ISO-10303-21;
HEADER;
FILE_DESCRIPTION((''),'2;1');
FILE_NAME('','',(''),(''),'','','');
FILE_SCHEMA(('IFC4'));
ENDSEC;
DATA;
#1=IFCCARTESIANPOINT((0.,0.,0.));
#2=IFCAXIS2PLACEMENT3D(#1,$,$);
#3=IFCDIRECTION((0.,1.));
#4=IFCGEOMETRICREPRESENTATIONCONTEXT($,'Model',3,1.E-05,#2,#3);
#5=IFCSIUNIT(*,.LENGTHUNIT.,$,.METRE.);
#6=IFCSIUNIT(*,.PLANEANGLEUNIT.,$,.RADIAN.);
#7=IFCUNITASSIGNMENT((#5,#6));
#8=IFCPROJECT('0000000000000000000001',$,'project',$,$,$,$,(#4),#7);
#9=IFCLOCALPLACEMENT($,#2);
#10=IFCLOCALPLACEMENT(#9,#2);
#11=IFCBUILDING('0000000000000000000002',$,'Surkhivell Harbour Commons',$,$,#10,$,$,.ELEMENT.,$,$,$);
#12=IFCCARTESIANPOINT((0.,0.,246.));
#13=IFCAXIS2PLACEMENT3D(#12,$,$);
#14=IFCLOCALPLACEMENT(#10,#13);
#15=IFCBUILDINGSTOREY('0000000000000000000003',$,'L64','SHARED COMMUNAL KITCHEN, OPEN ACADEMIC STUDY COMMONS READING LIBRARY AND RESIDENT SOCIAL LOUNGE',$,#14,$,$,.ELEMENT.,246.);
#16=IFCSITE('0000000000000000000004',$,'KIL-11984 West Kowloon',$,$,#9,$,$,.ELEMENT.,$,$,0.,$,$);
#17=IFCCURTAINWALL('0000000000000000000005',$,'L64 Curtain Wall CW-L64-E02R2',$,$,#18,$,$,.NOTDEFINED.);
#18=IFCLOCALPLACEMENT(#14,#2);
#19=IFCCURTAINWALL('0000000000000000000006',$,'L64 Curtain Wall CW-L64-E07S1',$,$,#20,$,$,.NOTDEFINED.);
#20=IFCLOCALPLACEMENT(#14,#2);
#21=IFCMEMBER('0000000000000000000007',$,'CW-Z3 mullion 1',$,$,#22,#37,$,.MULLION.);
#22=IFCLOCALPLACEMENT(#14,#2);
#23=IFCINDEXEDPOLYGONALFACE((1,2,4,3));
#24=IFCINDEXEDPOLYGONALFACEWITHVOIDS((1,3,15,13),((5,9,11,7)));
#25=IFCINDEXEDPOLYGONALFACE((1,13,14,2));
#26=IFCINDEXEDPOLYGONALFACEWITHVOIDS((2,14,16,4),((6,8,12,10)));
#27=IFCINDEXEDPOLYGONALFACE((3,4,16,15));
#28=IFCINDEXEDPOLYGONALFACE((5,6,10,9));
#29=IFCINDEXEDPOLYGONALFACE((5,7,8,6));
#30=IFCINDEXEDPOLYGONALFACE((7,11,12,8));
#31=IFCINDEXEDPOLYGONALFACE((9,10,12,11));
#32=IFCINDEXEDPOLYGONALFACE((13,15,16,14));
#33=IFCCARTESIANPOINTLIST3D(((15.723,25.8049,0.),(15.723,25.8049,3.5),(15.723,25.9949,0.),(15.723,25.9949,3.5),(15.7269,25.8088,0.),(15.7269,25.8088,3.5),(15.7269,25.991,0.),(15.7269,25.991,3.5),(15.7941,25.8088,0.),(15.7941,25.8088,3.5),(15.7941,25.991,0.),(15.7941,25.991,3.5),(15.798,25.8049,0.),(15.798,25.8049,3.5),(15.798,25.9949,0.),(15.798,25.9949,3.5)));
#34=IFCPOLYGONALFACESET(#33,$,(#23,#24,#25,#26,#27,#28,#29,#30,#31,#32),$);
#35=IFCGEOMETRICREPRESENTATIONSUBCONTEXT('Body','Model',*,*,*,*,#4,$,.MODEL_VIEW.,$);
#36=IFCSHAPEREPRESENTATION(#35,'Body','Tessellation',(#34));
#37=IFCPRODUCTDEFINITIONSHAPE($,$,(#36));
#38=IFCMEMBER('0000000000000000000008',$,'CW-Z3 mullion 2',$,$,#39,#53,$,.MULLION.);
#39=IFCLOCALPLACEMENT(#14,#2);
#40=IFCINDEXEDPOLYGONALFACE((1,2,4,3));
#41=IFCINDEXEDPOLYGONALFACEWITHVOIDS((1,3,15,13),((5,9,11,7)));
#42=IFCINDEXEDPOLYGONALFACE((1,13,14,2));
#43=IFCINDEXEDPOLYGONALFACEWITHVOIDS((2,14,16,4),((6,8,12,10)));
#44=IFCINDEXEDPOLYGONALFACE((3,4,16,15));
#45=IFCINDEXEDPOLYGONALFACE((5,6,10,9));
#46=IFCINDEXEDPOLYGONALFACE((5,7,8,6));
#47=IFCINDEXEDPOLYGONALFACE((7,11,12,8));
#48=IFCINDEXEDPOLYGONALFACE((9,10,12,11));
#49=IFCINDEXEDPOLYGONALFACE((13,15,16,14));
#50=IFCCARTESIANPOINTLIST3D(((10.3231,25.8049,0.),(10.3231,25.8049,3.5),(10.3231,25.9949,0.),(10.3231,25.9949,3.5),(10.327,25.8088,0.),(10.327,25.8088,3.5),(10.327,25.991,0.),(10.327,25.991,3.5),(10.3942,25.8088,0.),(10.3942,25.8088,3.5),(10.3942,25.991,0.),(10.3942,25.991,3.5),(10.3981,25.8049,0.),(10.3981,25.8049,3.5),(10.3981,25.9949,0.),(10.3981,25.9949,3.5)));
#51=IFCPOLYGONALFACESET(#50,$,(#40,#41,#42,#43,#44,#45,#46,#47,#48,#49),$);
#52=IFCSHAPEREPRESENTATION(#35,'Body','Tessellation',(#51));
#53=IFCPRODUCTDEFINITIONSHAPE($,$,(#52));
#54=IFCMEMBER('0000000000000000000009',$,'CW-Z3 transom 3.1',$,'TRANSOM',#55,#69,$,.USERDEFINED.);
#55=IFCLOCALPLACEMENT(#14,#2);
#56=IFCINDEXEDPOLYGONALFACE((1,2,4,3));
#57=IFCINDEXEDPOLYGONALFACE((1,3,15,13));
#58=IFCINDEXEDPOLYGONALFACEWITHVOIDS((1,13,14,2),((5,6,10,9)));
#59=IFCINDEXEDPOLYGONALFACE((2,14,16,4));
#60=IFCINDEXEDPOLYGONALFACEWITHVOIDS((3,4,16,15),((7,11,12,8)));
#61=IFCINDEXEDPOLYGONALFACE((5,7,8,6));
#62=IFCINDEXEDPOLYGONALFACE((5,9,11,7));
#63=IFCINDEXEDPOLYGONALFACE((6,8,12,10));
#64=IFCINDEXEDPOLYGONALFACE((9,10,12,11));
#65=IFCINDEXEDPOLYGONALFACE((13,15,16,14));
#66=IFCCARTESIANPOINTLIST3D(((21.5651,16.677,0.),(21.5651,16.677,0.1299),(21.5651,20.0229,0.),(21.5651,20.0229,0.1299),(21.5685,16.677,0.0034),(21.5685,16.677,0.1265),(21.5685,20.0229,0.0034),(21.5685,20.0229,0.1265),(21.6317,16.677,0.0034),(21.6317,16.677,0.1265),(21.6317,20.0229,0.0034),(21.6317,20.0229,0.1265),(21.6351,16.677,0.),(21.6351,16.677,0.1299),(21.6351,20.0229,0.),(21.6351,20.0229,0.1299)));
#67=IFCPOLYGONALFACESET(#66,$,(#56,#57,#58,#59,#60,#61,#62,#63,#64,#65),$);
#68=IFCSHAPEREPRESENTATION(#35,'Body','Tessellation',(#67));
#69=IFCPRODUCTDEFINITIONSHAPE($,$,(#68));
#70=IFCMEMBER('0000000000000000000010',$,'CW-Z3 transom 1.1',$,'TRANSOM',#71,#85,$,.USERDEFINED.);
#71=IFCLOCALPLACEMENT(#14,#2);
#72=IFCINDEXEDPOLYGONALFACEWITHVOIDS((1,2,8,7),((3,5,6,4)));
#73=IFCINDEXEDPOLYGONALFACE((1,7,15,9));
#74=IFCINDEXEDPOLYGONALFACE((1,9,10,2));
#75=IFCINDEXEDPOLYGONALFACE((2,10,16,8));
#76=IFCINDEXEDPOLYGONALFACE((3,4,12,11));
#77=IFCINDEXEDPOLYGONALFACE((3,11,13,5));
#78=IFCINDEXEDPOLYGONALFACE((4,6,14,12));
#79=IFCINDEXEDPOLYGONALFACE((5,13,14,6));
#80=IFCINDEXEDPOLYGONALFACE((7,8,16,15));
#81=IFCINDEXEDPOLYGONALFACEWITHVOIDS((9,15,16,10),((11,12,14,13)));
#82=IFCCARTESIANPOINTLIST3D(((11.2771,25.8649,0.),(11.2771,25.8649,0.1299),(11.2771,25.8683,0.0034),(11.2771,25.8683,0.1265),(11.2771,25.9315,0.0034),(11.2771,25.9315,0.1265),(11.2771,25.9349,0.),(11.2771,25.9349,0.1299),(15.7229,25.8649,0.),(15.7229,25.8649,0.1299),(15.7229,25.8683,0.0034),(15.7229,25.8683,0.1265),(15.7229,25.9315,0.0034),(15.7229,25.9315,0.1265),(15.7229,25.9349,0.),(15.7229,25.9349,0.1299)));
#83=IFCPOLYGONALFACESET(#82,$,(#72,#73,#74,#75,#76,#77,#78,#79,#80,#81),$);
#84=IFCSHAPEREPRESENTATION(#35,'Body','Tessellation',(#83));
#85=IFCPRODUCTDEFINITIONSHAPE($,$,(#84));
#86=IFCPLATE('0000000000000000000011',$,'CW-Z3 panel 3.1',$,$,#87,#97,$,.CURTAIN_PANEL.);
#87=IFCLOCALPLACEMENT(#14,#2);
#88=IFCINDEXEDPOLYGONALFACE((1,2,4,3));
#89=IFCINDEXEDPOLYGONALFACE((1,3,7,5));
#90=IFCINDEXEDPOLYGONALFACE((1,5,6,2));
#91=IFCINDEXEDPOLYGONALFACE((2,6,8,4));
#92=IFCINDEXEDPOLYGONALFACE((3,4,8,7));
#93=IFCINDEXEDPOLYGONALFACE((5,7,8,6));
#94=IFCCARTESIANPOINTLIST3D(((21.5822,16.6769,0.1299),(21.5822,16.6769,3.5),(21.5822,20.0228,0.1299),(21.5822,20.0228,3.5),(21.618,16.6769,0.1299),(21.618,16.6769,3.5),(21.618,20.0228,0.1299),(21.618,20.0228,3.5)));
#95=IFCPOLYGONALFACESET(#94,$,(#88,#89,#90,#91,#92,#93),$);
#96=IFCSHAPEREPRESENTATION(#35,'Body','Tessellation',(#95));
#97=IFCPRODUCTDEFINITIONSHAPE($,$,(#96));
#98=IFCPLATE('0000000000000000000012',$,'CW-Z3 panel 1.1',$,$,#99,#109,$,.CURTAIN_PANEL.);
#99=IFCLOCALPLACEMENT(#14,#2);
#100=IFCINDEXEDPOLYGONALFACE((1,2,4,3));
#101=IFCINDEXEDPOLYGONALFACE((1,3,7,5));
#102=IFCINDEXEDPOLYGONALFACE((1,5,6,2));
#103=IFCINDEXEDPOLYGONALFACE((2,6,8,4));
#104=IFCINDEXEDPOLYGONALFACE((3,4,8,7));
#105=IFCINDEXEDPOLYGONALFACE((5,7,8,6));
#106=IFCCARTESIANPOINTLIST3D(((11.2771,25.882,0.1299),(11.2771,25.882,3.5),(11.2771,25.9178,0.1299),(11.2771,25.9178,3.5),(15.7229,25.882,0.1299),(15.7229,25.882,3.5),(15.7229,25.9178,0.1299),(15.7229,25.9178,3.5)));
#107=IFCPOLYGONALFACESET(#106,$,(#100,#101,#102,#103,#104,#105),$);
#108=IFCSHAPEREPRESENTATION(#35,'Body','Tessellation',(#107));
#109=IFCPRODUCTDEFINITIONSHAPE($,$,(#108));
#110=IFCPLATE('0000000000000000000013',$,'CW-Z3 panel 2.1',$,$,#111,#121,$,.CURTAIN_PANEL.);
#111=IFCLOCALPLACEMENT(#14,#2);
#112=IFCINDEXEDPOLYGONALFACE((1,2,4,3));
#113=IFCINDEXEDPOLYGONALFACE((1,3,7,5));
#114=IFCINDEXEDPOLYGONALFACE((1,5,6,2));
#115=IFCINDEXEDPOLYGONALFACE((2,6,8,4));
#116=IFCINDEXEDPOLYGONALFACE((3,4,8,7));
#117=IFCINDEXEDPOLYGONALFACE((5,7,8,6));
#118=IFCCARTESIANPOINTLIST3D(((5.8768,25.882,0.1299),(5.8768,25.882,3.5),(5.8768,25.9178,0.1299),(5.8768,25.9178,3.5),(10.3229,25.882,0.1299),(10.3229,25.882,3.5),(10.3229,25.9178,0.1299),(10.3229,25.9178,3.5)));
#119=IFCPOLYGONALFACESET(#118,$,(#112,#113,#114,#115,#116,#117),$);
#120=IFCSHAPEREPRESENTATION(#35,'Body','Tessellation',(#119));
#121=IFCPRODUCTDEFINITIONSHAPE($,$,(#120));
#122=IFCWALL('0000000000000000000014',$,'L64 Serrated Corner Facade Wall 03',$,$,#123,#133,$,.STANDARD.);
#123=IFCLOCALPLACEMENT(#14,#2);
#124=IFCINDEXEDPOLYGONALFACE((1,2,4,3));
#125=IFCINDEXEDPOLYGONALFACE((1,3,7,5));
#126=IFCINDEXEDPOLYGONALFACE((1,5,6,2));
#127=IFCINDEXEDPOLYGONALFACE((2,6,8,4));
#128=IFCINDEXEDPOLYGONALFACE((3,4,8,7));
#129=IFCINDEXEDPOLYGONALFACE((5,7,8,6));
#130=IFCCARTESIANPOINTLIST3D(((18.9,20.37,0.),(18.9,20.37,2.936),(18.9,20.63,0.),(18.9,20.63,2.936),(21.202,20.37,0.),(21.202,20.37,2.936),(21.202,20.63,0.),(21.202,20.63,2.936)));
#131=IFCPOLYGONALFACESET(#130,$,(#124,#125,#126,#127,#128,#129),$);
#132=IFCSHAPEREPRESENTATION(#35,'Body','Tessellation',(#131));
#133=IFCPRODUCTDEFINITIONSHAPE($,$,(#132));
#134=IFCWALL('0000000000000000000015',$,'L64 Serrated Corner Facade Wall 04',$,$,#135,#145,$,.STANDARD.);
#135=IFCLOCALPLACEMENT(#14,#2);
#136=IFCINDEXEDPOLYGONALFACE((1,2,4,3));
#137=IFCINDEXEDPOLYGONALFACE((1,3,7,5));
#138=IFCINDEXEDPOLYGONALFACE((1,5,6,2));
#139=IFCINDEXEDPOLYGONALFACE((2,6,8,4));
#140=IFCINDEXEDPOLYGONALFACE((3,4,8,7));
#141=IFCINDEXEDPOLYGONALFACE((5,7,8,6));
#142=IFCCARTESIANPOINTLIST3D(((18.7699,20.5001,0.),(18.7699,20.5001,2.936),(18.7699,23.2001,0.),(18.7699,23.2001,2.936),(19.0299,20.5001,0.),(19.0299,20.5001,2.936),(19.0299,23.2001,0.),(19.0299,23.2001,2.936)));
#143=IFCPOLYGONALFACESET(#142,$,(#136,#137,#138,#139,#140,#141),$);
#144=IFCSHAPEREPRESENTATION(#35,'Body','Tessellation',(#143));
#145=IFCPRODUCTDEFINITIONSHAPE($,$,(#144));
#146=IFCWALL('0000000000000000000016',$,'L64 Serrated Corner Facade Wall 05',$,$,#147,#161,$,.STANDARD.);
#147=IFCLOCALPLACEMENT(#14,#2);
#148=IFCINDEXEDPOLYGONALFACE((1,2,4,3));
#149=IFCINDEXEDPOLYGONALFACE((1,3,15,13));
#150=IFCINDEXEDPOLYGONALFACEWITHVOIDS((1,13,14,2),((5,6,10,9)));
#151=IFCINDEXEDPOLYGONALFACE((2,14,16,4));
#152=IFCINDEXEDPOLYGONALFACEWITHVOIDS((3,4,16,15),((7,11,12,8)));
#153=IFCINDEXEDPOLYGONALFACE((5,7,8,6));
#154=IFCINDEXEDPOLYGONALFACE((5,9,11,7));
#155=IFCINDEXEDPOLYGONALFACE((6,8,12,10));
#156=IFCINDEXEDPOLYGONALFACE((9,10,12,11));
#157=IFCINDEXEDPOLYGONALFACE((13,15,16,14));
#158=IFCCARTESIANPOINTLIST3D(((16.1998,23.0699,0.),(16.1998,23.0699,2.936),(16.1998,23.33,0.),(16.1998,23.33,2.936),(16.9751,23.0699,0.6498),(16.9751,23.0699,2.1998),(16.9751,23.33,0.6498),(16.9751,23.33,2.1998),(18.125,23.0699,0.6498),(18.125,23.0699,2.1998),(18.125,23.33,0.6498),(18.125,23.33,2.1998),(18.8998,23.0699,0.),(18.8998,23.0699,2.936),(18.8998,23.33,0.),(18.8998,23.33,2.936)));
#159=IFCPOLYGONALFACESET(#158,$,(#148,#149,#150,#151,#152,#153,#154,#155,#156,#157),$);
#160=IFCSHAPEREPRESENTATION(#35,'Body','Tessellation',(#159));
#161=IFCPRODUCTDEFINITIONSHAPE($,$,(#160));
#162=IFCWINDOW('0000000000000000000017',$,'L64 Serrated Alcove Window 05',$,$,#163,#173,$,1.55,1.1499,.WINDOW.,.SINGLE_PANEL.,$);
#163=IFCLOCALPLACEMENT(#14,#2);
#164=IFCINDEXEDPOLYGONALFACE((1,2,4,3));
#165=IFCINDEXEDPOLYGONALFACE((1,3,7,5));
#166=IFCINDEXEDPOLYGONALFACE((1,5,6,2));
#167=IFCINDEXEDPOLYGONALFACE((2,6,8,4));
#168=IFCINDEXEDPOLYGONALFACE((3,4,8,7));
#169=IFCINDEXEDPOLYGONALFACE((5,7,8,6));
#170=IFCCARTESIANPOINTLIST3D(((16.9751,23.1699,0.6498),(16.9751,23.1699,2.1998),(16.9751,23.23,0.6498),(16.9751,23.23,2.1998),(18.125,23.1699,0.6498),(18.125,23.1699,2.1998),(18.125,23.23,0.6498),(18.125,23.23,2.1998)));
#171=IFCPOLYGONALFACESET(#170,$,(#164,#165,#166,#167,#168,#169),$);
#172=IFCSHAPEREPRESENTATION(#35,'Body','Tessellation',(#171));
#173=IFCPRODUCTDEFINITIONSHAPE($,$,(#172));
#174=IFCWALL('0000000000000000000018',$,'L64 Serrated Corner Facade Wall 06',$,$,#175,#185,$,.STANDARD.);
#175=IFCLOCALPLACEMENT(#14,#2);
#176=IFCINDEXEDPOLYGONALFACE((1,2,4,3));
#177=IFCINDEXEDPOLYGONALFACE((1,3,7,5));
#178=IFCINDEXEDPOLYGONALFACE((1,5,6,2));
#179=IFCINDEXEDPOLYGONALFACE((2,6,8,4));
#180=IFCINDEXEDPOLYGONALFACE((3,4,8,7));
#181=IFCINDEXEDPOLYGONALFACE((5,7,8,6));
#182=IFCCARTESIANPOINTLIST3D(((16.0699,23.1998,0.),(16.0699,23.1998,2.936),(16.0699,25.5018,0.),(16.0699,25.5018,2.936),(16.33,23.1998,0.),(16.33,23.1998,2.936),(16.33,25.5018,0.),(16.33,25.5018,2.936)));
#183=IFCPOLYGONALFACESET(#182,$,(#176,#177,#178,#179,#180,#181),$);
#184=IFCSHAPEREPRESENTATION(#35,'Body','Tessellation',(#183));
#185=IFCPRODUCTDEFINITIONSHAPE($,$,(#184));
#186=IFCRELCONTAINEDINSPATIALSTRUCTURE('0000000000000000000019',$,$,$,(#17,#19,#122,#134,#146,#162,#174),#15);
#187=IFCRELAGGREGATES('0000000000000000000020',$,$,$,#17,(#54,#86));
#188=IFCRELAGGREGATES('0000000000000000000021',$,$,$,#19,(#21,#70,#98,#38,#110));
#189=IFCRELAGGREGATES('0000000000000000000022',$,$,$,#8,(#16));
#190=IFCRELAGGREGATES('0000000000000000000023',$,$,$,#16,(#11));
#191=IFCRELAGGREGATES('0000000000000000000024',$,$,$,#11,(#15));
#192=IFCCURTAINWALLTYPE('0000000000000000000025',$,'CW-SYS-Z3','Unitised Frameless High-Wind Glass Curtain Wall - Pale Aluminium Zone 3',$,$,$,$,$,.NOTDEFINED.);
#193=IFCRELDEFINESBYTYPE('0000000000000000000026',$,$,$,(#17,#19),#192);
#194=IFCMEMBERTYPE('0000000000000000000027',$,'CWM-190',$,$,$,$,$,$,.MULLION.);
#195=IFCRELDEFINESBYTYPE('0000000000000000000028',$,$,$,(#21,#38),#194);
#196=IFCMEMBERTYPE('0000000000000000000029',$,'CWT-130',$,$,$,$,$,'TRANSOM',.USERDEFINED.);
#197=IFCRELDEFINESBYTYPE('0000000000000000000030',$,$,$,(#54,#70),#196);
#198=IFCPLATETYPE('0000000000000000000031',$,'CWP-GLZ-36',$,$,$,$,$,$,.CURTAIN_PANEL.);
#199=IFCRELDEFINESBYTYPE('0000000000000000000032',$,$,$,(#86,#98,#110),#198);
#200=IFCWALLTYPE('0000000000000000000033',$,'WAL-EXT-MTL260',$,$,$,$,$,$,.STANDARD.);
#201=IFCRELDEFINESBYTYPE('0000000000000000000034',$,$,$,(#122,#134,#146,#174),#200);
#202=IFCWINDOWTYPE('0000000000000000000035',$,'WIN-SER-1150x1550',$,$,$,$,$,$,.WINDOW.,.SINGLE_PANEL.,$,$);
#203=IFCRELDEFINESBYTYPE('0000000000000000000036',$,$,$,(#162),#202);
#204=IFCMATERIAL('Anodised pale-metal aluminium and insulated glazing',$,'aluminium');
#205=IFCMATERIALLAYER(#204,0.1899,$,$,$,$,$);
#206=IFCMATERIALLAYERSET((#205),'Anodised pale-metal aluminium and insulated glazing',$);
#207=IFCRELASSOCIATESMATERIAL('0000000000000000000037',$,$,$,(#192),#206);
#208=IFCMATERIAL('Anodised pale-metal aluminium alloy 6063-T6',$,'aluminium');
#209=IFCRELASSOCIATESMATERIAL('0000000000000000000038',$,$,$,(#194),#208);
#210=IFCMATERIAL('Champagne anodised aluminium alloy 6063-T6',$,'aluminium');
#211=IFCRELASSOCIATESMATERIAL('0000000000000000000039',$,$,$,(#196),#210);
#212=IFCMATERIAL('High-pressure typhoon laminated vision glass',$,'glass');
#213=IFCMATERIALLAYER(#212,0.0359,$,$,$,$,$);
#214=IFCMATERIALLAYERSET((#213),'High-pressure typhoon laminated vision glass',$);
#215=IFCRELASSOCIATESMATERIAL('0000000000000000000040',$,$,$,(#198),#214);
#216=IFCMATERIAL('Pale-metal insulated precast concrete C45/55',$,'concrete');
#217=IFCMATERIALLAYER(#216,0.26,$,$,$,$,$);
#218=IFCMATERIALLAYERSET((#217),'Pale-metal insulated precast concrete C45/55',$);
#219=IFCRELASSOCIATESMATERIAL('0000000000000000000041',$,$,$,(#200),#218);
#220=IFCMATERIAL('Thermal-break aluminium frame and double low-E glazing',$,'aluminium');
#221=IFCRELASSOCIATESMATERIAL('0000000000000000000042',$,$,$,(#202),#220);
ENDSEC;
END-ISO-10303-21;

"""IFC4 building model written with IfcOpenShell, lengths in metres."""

from ifc_helpers import new_model, si_unit, direction, frame, frame_2d, origin, origin_2d, place, context, subcontext, project, spatial, rectangle, hollow_rectangle, extrude, material, layer, layer_set, material_profile, profile_set, type_object, element, fill, aggregate, save


model = new_model("IFC4")

# Units and contexts
model_context = context("Model", 3, precision=1e-05, world=origin(), true_north=direction((0.0, 1.0)))
body_context = subcontext(model_context, "Body", "Model", "MODEL_VIEW")
ifc_project = project(units=[si_unit("LENGTHUNIT", "METRE"), si_unit("PLANEANGLEUNIT", "RADIAN")], contexts=[model_context])

# Site, building, storey
site_placement = place(None, origin())
site = spatial("IfcSite", under=ifc_project, at=site_placement, Name="KIL-11984 West Kowloon", CompositionType="ELEMENT", RefElevation=0.0)
building_placement = place(site_placement, origin())
building = spatial("IfcBuilding", under=site, at=building_placement, Name="Surkhivell Harbour Commons", CompositionType="ELEMENT")
storey_placement = place(building_placement, frame((0.0, 0.0, 246.0)))
storey = spatial("IfcBuildingStorey", under=building, at=storey_placement, Name="L64", Description="SHARED COMMUNAL KITCHEN, OPEN ACADEMIC STUDY COMMONS READING LIBRARY AND RESIDENT SOCIAL LOUNGE", CompositionType="ELEMENT", Elevation=246.0)

# Curtain walls, members
ifc_material_1 = material(Name="Anodised pale-metal aluminium and insulated glazing", Category="aluminium")
ifc_layer_1 = layer(ifc_material_1, 0.1899)
ifc_layer_set_1 = layer_set([ifc_layer_1], Name="Anodised pale-metal aluminium and insulated glazing")
curtain_wall_type = type_object("IfcCurtainWallType", Name="CW-SYS-Z3", Description="Unitised Frameless High-Wind Glass Curtain Wall - Pale Aluminium Zone 3", PredefinedType="NOTDEFINED", material=ifc_layer_set_1)
curtain_wall_1_placement = place(storey_placement, origin())
curtain_wall_1 = element("IfcCurtainWall", 1, at=curtain_wall_1_placement, inside=storey, type_object=curtain_wall_type, Name="L64 Curtain Wall CW-L64-E02R2", PredefinedType="NOTDEFINED")
ifc_material_2 = material(Name="Anodised pale-metal aluminium alloy 6063-T6", Category="aluminium")
ifc_material_profile_1 = material_profile(ifc_material_2, hollow_rectangle(XDim=0.075, YDim=0.1899, WallThickness=0.0039, at=origin_2d()), Name="ALU-MULL-75x190")
ifc_profile_set_1 = profile_set([ifc_material_profile_1], Name="Anodised pale-metal aluminium alloy 6063-T6")
member_type_1 = type_object("IfcMemberType", Name="CWM-190", PredefinedType="MULLION", material=ifc_profile_set_1)
curtain_wall_2_placement = place(storey_placement, origin())
curtain_wall_2 = element("IfcCurtainWall", 2, at=curtain_wall_2_placement, inside=storey, type_object=curtain_wall_type, Name="L64 Curtain Wall CW-L64-E07S1", PredefinedType="NOTDEFINED")
member_1_placement = place(storey_placement, frame((15.7605, 25.8999, 0.0), z_axis=(0.0, 0.0, 1.0), x_axis=(-1.0, 0.0, 0.0)))
member_1 = element("IfcMember", 3, at=member_1_placement, type_object=member_type_1, Name="CW-Z3 mullion 1", PredefinedType="MULLION", context=body_context, shape_type="SweptSolid", body=[
    extrude(hollow_rectangle(XDim=0.075, YDim=0.1899, WallThickness=0.0039, at=origin_2d()), origin(), (0.0, 0.0, 1.0), 3.5),
])
member_2_placement = place(storey_placement, frame((10.3606, 25.8999, 0.0), z_axis=(0.0, 0.0, 1.0), x_axis=(-1.0, 0.0, 0.0)))
member_2 = element("IfcMember", 4, at=member_2_placement, type_object=member_type_1, Name="CW-Z3 mullion 2", PredefinedType="MULLION", context=body_context, shape_type="SweptSolid", body=[
    extrude(hollow_rectangle(XDim=0.075, YDim=0.1899, WallThickness=0.0039, at=origin_2d()), origin(), (0.0, 0.0, 1.0), 3.5),
])

# Members
ifc_material_3 = material(Name="Champagne anodised aluminium alloy 6063-T6", Category="aluminium")
ifc_material_profile_2 = material_profile(ifc_material_3, hollow_rectangle(XDim=0.0701, YDim=0.1299, WallThickness=0.0034, at=origin_2d()), Name="ALU-TRAN-70x130")
ifc_profile_set_2 = profile_set([ifc_material_profile_2], Name="Champagne anodised aluminium alloy 6063-T6")
member_type_2 = type_object("IfcMemberType", Name="CWT-130", ElementType="TRANSOM", PredefinedType="USERDEFINED", material=ifc_profile_set_2)
member_3_placement = place(storey_placement, frame((21.6001, 16.677, 0.0649), z_axis=(0.0, 1.0, 0.0), x_axis=(-1.0, 0.0, 0.0)))
member_3 = element("IfcMember", 5, at=member_3_placement, type_object=member_type_2, Name="CW-Z3 transom 3.1", ObjectType="TRANSOM", PredefinedType="USERDEFINED", context=body_context, shape_type="SweptSolid", body=[
    extrude(hollow_rectangle(XDim=0.0701, YDim=0.1299, WallThickness=0.0034, at=origin_2d()), origin(), (0.0, 0.0, 1.0), 3.3459),
])
member_4_placement = place(storey_placement, frame((15.7229, 25.8999, 0.0649), z_axis=(-1.0, 0.0, 0.0), x_axis=(0.0, -1.0, 0.0)))
member_4 = element("IfcMember", 6, at=member_4_placement, type_object=member_type_2, Name="CW-Z3 transom 1.1", ObjectType="TRANSOM", PredefinedType="USERDEFINED", context=body_context, shape_type="SweptSolid", body=[
    extrude(hollow_rectangle(XDim=0.0701, YDim=0.1299, WallThickness=0.0034, at=origin_2d()), origin(), (0.0, 0.0, 1.0), 4.4458),
])

# Plates
ifc_material_4 = material(Name="High-pressure typhoon laminated vision glass", Category="glass")
ifc_layer_2 = layer(ifc_material_4, 0.0359)
ifc_layer_set_2 = layer_set([ifc_layer_2], Name="High-pressure typhoon laminated vision glass")
plate_type = type_object("IfcPlateType", Name="CWP-GLZ-36", PredefinedType="CURTAIN_PANEL", material=ifc_layer_set_2)
plate_1_placement = place(storey_placement, frame((21.6001, 16.677, 0.1299), z_axis=(0.0, 0.0, 1.0), x_axis=(0.0, 1.0, 0.0)))
plate_1 = element("IfcPlate", 7, at=plate_1_placement, type_object=plate_type, Name="CW-Z3 panel 3.1", PredefinedType="CURTAIN_PANEL", context=body_context, shape_type="SweptSolid", body=[
    extrude(rectangle(XDim=3.3459, YDim=0.0359, at=frame_2d((1.6729, 0.0))), origin(), (0.0, 0.0, 1.0), 3.3701),
])
aggregate(curtain_wall_1, [member_3, plate_1])
plate_2_placement = place(storey_placement, frame((15.7229, 25.8999, 0.1299), z_axis=(0.0, 0.0, 1.0), x_axis=(-1.0, 0.0, 0.0)))
plate_2 = element("IfcPlate", 8, at=plate_2_placement, type_object=plate_type, Name="CW-Z3 panel 1.1", PredefinedType="CURTAIN_PANEL", context=body_context, shape_type="SweptSolid", body=[
    extrude(rectangle(XDim=4.4458, YDim=0.0359, at=frame_2d((2.2229, 0.0))), origin(), (0.0, 0.0, 1.0), 3.3701),
])
plate_3_placement = place(storey_placement, frame((10.323, 25.8999, 0.1299), z_axis=(0.0, 0.0, 1.0), x_axis=(-1.0, 0.0, 0.0)))
plate_3 = element("IfcPlate", 9, at=plate_3_placement, type_object=plate_type, Name="CW-Z3 panel 2.1", PredefinedType="CURTAIN_PANEL", context=body_context, shape_type="SweptSolid", body=[
    extrude(rectangle(XDim=4.446, YDim=0.0359, at=frame_2d((2.2231, 0.0))), origin(), (0.0, 0.0, 1.0), 3.3701),
])
aggregate(curtain_wall_2, [member_1, member_4, plate_2, member_2, plate_3])

# Walls
ifc_material_5 = material(Name="Pale-metal insulated precast concrete C45/55", Category="concrete")
ifc_layer_3 = layer(ifc_material_5, 0.26)
ifc_layer_set_3 = layer_set([ifc_layer_3], Name="Pale-metal insulated precast concrete C45/55")
wall_type_1 = type_object("IfcWallType", Name="WAL-EXT-MTL260", PredefinedType="STANDARD", material=ifc_layer_set_3)
wall_1_placement = place(storey_placement, frame((21.2019, 20.5, 0.0), z_axis=(0.0, 0.0, 1.0), x_axis=(-1.0, 0.0, 0.0)))
element("IfcWall", 10, at=wall_1_placement, inside=storey, type_object=wall_type_1, Name="L64 Serrated Corner Facade Wall 03", PredefinedType="STANDARD", context=body_context, shape_type="SweptSolid", body=[
    extrude(rectangle(XDim=2.302, YDim=0.26, at=frame_2d((1.1509, 0.0))), origin(), (0.0, 0.0, 1.0), 2.936),
])
wall_2_placement = place(storey_placement, frame((18.8999, 20.5, 0.0), z_axis=(0.0, 0.0, 1.0), x_axis=(0.0, 1.0, 0.0)))
element("IfcWall", 11, at=wall_2_placement, inside=storey, type_object=wall_type_1, Name="L64 Serrated Corner Facade Wall 04", PredefinedType="STANDARD", context=body_context, shape_type="SweptSolid", body=[
    extrude(rectangle(XDim=2.7, YDim=0.26, at=frame_2d((1.3501, 0.0))), origin(), (0.0, 0.0, 1.0), 2.936),
])

# Wall, opening, window
wall_3_placement = place(storey_placement, frame((18.8999, 23.2, 0.0), z_axis=(0.0, 0.0, 1.0), x_axis=(-1.0, 0.0, 0.0)))
wall_3 = element("IfcWall", 12, at=wall_3_placement, inside=storey, type_object=wall_type_1, Name="L64 Serrated Corner Facade Wall 05", PredefinedType="STANDARD", context=body_context, shape_type="SweptSolid", body=[
    extrude(rectangle(XDim=2.7, YDim=0.26, at=frame_2d((1.3501, 0.0))), origin(), (0.0, 0.0, 1.0), 2.936),
])
opening_placement = place(wall_3_placement, frame((0.7749, 0.0, 0.6499)))
opening = element("IfcOpeningElement", 13, at=opening_placement, cuts=wall_3, PredefinedType="OPENING", context=body_context, shape_type="SweptSolid", body=[
    extrude(rectangle(XDim=1.1499, YDim=1.55, at=frame_2d((0.575, 0.7749))), frame((0.0, 0.1399, 0.0), z_axis=(0.0, -1.0, 0.0), x_axis=(1.0, 0.0, 0.0)), (0.0, 0.0, 1.0), 0.28),
])
ifc_material_6 = material(Name="Thermal-break aluminium frame and double low-E glazing", Category="aluminium")
window_type = type_object("IfcWindowType", Name="WIN-SER-1150x1550", PartitioningType="SINGLE_PANEL", PredefinedType="WINDOW", material=ifc_material_6)
window_placement = place(opening_placement, origin())
window = element("IfcWindow", 14, at=window_placement, inside=storey, type_object=window_type, Name="L64 Serrated Alcove Window 05", OverallHeight=1.55, OverallWidth=1.1499, PartitioningType="SINGLE_PANEL", PredefinedType="WINDOW", context=body_context, shape_type="SweptSolid", body=[
    extrude(rectangle(XDim=1.1499, YDim=1.55, at=frame_2d((0.575, 0.7749))), frame((0.0, 0.03, 0.0), z_axis=(0.0, -1.0, 0.0), x_axis=(1.0, 0.0, 0.0)), (0.0, 0.0, 1.0), 0.0601),
])
fill(opening, window)

# Wall
wall_4_placement = place(storey_placement, frame((16.2, 23.2, 0.0), z_axis=(0.0, 0.0, 1.0), x_axis=(0.0, 1.0, 0.0)))
element("IfcWall", 15, at=wall_4_placement, inside=storey, type_object=wall_type_1, Name="L64 Serrated Corner Facade Wall 06", PredefinedType="STANDARD", context=body_context, shape_type="SweptSolid", body=[
    extrude(rectangle(XDim=2.302, YDim=0.26, at=frame_2d((1.1509, 0.0))), origin(), (0.0, 0.0, 1.0), 2.936),
])

save(model, "model.ifc")
